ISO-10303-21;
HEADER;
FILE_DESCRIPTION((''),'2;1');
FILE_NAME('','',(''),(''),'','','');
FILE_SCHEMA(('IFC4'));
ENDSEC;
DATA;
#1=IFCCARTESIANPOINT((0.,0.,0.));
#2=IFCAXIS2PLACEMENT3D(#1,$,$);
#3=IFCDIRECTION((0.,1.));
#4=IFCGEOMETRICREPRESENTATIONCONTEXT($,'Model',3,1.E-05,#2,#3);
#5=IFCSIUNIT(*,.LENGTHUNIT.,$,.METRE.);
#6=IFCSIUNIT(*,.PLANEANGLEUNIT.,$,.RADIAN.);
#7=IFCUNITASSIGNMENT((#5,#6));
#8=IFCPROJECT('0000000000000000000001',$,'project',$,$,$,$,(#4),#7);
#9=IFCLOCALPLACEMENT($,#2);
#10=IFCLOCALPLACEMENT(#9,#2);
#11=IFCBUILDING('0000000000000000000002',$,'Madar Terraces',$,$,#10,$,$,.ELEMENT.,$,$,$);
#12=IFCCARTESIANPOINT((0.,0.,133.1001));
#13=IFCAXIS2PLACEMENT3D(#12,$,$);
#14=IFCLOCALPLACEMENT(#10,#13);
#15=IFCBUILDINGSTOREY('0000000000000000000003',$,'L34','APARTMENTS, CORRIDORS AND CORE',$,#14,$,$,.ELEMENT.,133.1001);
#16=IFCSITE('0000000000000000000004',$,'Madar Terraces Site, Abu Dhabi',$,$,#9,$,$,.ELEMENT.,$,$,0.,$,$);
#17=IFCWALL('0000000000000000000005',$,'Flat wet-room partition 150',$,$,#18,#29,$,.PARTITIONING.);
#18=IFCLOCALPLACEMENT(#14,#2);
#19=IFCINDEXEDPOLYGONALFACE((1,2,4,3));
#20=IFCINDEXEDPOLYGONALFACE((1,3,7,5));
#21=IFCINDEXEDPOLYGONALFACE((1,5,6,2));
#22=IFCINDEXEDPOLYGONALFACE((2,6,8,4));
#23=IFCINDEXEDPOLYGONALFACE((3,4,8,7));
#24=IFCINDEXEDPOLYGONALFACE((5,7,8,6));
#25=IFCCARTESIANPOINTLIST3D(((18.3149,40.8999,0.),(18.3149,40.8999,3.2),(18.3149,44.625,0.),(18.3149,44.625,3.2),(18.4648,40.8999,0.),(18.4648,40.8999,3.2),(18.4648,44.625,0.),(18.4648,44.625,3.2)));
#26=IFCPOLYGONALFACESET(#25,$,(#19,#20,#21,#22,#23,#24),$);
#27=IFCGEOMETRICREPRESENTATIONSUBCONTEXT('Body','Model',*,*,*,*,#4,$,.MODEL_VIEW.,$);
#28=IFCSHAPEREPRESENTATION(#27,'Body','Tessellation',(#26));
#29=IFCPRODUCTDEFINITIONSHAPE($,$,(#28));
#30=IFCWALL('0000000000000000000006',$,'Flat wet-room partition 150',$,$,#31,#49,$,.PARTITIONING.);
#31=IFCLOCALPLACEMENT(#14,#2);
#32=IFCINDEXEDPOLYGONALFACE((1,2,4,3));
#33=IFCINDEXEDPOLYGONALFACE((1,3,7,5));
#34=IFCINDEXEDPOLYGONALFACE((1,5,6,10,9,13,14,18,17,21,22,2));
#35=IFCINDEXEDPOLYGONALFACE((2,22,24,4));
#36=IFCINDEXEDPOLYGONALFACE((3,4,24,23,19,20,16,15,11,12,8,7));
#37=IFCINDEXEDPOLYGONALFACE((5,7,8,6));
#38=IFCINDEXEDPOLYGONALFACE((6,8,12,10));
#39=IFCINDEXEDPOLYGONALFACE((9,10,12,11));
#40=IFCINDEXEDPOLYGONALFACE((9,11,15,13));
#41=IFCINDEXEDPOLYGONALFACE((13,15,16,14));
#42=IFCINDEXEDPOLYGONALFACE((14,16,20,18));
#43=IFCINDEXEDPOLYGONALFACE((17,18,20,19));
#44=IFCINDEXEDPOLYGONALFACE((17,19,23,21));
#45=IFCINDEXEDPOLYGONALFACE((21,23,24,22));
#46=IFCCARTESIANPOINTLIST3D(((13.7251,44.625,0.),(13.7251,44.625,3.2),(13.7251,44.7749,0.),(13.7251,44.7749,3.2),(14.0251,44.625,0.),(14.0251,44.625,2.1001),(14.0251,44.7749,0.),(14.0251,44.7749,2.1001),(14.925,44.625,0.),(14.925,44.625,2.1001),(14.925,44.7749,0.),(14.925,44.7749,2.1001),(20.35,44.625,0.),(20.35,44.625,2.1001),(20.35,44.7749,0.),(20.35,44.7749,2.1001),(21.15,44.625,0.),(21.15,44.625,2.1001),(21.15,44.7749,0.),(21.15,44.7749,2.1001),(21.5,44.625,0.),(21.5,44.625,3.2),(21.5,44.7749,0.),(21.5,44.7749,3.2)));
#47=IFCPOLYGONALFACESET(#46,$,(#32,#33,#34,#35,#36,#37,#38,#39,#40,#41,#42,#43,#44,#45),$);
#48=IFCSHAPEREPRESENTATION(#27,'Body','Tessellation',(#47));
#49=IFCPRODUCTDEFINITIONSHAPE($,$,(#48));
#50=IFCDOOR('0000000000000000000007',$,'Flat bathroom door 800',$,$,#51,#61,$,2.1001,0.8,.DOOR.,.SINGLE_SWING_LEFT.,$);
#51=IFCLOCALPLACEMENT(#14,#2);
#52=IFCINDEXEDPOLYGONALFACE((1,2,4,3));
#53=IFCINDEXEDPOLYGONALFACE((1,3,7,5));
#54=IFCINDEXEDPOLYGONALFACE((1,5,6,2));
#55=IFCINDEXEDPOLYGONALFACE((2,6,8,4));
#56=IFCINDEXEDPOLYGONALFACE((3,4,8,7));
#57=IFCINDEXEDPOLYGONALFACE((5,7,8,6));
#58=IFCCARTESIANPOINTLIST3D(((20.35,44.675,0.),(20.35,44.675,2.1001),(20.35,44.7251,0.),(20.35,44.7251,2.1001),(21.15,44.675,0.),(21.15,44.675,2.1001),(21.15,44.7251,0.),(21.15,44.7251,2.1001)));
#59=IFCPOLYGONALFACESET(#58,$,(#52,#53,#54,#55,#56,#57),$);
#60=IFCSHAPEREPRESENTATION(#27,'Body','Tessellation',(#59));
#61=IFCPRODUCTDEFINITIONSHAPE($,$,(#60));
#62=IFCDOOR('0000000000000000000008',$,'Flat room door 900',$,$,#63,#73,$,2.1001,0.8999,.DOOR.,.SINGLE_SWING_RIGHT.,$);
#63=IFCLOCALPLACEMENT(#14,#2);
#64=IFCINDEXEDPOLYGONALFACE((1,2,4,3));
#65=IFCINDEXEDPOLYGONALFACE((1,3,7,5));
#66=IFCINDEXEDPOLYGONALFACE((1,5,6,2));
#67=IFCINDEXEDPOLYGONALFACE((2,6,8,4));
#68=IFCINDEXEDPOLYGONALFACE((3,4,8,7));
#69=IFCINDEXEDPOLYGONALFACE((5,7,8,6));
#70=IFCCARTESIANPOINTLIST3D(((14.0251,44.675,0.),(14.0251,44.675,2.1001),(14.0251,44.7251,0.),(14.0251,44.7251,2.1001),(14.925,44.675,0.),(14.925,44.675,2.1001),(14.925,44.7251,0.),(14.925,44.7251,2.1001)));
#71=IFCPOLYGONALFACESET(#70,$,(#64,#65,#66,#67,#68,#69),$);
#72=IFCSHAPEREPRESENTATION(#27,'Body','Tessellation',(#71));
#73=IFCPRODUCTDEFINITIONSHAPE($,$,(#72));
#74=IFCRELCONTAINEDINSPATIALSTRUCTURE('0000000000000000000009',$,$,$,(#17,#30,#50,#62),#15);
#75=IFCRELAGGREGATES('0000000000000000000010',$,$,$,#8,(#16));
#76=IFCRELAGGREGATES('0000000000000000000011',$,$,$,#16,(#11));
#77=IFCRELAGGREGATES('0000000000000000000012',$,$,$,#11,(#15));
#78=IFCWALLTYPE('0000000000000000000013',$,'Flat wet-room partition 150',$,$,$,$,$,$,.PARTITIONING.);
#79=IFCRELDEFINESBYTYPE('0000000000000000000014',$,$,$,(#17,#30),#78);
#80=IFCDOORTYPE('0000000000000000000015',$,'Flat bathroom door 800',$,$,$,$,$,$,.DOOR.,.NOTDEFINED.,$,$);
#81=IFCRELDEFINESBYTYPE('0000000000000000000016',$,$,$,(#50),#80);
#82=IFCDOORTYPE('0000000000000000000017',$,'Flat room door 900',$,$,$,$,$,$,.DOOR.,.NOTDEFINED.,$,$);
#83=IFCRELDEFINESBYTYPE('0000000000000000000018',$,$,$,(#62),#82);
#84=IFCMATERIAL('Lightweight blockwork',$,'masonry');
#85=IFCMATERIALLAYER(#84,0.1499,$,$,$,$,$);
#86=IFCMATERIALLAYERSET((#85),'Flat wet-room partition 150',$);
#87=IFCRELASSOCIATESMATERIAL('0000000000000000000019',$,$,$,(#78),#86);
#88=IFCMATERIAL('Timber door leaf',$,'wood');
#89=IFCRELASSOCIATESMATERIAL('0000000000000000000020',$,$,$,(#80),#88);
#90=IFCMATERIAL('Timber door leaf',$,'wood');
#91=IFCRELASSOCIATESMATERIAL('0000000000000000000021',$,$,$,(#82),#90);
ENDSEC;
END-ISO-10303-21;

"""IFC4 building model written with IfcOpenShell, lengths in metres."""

from ifc_helpers import new_model, si_unit, direction, frame, frame_2d, origin, place, context, subcontext, project, spatial, rectangle, extrude, material, layer, layer_set, type_object, element, fill, save


model = new_model("IFC4")

# Units and contexts
model_context = context("Model", 3, precision=1e-05, world=origin(), true_north=direction((0.0, 1.0)))
body_context = subcontext(model_context, "Body", "Model", "MODEL_VIEW")
ifc_project = project(units=[si_unit("LENGTHUNIT", "METRE"), si_unit("PLANEANGLEUNIT", "RADIAN")], contexts=[model_context])

# Site, building, storey
site_placement = place(None, origin())
site = spatial("IfcSite", under=ifc_project, at=site_placement, Name="Madar Terraces Site, Abu Dhabi", CompositionType="ELEMENT", RefElevation=0.0)
building_placement = place(site_placement, origin())
building = spatial("IfcBuilding", under=site, at=building_placement, Name="Madar Terraces", CompositionType="ELEMENT")
storey_placement = place(building_placement, frame((0.0, 0.0, 133.1001)))
storey = spatial("IfcBuildingStorey", under=building, at=storey_placement, Name="L34", Description="APARTMENTS, CORRIDORS AND CORE", CompositionType="ELEMENT", Elevation=133.1001)

# Wall
ifc_material_1 = material(Name="Lightweight blockwork", Category="masonry")
ifc_layer_1 = layer(ifc_material_1, 0.1499)
ifc_layer_set_1 = layer_set([ifc_layer_1], Name="Flat wet-room partition 150")
wall_type_1 = type_object("IfcWallType", Name="Flat wet-room partition 150", PredefinedType="PARTITIONING", material=ifc_layer_set_1)
wall_1_placement = place(storey_placement, frame((18.3899, 40.8999, 0.0), z_axis=(0.0, 0.0, 1.0), x_axis=(0.0, 1.0, 0.0)))
element("IfcWall", 1, at=wall_1_placement, inside=storey, type_object=wall_type_1, Name="Flat wet-room partition 150", PredefinedType="PARTITIONING", context=body_context, shape_type="SweptSolid", body=[
    extrude(rectangle(XDim=3.7251, YDim=0.1499, at=frame_2d((1.8625, 0.0))), origin(), (0.0, 0.0, 1.0), 3.2),
])

# Wall, openings, doors
wall_2_placement = place(storey_placement, frame((21.5, 44.7, 0.0), z_axis=(0.0, 0.0, 1.0), x_axis=(-1.0, 0.0, 0.0)))
wall_2 = element("IfcWall", 2, at=wall_2_placement, inside=storey, type_object=wall_type_1, Name="Flat wet-room partition 150", PredefinedType="PARTITIONING", context=body_context, shape_type="SweptSolid", body=[
    extrude(rectangle(XDim=7.7749, YDim=0.1499, at=frame_2d((3.8875, 0.0))), origin(), (0.0, 0.0, 1.0), 3.2),
])
opening_1_placement = place(wall_2_placement, frame((6.575, 0.0, 0.0)))
opening_1 = element("IfcOpeningElement", 3, at=opening_1_placement, cuts=wall_2, PredefinedType="OPENING", context=body_context, shape_type="SweptSolid", body=[
    extrude(rectangle(XDim=0.8999, YDim=2.1001, at=frame_2d((0.45, 1.05))), frame((0.0, 0.085, 0.0), z_axis=(0.0, -1.0, 0.0), x_axis=(1.0, 0.0, 0.0)), (0.0, 0.0, 1.0), 0.1699),
])
opening_2_placement = place(wall_2_placement, frame((0.3501, 0.0, 0.0)))
opening_2 = element("IfcOpeningElement", 4, at=opening_2_placement, cuts=wall_2, PredefinedType="OPENING", context=body_context, shape_type="SweptSolid", body=[
    extrude(rectangle(XDim=0.8, YDim=2.1001, at=frame_2d((0.3999, 1.05))), frame((0.0, 0.085, 0.0), z_axis=(0.0, -1.0, 0.0), x_axis=(1.0, 0.0, 0.0)), (0.0, 0.0, 1.0), 0.1699),
])
ifc_material_2 = material(Name="Timber door leaf", Category="wood")
door_type_1 = type_object("IfcDoorType", Name="Flat bathroom door 800", OperationType="NOTDEFINED", PredefinedType="DOOR", material=ifc_material_2)
door_1_placement = place(opening_2_placement, origin())
door_1 = element("IfcDoor", 5, at=door_1_placement, inside=storey, type_object=door_type_1, Name="Flat bathroom door 800", OperationType="SINGLE_SWING_LEFT", OverallHeight=2.1001, OverallWidth=0.8, PredefinedType="DOOR", context=body_context, shape_type="SweptSolid", body=[
    extrude(rectangle(XDim=0.8, YDim=2.1001, at=frame_2d((0.3999, 1.05))), frame((0.0, 0.0249, 0.0), z_axis=(0.0, -1.0, 0.0), x_axis=(1.0, 0.0, 0.0)), (0.0, 0.0, 1.0), 0.05),
])
fill(opening_2, door_1)
ifc_material_3 = material(Name="Timber door leaf", Category="wood")
door_type_2 = type_object("IfcDoorType", Name="Flat room door 900", OperationType="NOTDEFINED", PredefinedType="DOOR", material=ifc_material_3)
door_2_placement = place(opening_1_placement, origin())
door_2 = element("IfcDoor", 6, at=door_2_placement, inside=storey, type_object=door_type_2, Name="Flat room door 900", OperationType="SINGLE_SWING_RIGHT", OverallHeight=2.1001, OverallWidth=0.8999, PredefinedType="DOOR", context=body_context, shape_type="SweptSolid", body=[
    extrude(rectangle(XDim=0.8999, YDim=2.1001, at=frame_2d((0.45, 1.05))), frame((0.0, 0.0249, 0.0), z_axis=(0.0, -1.0, 0.0), x_axis=(1.0, 0.0, 0.0)), (0.0, 0.0, 1.0), 0.05),
])
fill(opening_1, door_2)

save(model, "model.ifc")
